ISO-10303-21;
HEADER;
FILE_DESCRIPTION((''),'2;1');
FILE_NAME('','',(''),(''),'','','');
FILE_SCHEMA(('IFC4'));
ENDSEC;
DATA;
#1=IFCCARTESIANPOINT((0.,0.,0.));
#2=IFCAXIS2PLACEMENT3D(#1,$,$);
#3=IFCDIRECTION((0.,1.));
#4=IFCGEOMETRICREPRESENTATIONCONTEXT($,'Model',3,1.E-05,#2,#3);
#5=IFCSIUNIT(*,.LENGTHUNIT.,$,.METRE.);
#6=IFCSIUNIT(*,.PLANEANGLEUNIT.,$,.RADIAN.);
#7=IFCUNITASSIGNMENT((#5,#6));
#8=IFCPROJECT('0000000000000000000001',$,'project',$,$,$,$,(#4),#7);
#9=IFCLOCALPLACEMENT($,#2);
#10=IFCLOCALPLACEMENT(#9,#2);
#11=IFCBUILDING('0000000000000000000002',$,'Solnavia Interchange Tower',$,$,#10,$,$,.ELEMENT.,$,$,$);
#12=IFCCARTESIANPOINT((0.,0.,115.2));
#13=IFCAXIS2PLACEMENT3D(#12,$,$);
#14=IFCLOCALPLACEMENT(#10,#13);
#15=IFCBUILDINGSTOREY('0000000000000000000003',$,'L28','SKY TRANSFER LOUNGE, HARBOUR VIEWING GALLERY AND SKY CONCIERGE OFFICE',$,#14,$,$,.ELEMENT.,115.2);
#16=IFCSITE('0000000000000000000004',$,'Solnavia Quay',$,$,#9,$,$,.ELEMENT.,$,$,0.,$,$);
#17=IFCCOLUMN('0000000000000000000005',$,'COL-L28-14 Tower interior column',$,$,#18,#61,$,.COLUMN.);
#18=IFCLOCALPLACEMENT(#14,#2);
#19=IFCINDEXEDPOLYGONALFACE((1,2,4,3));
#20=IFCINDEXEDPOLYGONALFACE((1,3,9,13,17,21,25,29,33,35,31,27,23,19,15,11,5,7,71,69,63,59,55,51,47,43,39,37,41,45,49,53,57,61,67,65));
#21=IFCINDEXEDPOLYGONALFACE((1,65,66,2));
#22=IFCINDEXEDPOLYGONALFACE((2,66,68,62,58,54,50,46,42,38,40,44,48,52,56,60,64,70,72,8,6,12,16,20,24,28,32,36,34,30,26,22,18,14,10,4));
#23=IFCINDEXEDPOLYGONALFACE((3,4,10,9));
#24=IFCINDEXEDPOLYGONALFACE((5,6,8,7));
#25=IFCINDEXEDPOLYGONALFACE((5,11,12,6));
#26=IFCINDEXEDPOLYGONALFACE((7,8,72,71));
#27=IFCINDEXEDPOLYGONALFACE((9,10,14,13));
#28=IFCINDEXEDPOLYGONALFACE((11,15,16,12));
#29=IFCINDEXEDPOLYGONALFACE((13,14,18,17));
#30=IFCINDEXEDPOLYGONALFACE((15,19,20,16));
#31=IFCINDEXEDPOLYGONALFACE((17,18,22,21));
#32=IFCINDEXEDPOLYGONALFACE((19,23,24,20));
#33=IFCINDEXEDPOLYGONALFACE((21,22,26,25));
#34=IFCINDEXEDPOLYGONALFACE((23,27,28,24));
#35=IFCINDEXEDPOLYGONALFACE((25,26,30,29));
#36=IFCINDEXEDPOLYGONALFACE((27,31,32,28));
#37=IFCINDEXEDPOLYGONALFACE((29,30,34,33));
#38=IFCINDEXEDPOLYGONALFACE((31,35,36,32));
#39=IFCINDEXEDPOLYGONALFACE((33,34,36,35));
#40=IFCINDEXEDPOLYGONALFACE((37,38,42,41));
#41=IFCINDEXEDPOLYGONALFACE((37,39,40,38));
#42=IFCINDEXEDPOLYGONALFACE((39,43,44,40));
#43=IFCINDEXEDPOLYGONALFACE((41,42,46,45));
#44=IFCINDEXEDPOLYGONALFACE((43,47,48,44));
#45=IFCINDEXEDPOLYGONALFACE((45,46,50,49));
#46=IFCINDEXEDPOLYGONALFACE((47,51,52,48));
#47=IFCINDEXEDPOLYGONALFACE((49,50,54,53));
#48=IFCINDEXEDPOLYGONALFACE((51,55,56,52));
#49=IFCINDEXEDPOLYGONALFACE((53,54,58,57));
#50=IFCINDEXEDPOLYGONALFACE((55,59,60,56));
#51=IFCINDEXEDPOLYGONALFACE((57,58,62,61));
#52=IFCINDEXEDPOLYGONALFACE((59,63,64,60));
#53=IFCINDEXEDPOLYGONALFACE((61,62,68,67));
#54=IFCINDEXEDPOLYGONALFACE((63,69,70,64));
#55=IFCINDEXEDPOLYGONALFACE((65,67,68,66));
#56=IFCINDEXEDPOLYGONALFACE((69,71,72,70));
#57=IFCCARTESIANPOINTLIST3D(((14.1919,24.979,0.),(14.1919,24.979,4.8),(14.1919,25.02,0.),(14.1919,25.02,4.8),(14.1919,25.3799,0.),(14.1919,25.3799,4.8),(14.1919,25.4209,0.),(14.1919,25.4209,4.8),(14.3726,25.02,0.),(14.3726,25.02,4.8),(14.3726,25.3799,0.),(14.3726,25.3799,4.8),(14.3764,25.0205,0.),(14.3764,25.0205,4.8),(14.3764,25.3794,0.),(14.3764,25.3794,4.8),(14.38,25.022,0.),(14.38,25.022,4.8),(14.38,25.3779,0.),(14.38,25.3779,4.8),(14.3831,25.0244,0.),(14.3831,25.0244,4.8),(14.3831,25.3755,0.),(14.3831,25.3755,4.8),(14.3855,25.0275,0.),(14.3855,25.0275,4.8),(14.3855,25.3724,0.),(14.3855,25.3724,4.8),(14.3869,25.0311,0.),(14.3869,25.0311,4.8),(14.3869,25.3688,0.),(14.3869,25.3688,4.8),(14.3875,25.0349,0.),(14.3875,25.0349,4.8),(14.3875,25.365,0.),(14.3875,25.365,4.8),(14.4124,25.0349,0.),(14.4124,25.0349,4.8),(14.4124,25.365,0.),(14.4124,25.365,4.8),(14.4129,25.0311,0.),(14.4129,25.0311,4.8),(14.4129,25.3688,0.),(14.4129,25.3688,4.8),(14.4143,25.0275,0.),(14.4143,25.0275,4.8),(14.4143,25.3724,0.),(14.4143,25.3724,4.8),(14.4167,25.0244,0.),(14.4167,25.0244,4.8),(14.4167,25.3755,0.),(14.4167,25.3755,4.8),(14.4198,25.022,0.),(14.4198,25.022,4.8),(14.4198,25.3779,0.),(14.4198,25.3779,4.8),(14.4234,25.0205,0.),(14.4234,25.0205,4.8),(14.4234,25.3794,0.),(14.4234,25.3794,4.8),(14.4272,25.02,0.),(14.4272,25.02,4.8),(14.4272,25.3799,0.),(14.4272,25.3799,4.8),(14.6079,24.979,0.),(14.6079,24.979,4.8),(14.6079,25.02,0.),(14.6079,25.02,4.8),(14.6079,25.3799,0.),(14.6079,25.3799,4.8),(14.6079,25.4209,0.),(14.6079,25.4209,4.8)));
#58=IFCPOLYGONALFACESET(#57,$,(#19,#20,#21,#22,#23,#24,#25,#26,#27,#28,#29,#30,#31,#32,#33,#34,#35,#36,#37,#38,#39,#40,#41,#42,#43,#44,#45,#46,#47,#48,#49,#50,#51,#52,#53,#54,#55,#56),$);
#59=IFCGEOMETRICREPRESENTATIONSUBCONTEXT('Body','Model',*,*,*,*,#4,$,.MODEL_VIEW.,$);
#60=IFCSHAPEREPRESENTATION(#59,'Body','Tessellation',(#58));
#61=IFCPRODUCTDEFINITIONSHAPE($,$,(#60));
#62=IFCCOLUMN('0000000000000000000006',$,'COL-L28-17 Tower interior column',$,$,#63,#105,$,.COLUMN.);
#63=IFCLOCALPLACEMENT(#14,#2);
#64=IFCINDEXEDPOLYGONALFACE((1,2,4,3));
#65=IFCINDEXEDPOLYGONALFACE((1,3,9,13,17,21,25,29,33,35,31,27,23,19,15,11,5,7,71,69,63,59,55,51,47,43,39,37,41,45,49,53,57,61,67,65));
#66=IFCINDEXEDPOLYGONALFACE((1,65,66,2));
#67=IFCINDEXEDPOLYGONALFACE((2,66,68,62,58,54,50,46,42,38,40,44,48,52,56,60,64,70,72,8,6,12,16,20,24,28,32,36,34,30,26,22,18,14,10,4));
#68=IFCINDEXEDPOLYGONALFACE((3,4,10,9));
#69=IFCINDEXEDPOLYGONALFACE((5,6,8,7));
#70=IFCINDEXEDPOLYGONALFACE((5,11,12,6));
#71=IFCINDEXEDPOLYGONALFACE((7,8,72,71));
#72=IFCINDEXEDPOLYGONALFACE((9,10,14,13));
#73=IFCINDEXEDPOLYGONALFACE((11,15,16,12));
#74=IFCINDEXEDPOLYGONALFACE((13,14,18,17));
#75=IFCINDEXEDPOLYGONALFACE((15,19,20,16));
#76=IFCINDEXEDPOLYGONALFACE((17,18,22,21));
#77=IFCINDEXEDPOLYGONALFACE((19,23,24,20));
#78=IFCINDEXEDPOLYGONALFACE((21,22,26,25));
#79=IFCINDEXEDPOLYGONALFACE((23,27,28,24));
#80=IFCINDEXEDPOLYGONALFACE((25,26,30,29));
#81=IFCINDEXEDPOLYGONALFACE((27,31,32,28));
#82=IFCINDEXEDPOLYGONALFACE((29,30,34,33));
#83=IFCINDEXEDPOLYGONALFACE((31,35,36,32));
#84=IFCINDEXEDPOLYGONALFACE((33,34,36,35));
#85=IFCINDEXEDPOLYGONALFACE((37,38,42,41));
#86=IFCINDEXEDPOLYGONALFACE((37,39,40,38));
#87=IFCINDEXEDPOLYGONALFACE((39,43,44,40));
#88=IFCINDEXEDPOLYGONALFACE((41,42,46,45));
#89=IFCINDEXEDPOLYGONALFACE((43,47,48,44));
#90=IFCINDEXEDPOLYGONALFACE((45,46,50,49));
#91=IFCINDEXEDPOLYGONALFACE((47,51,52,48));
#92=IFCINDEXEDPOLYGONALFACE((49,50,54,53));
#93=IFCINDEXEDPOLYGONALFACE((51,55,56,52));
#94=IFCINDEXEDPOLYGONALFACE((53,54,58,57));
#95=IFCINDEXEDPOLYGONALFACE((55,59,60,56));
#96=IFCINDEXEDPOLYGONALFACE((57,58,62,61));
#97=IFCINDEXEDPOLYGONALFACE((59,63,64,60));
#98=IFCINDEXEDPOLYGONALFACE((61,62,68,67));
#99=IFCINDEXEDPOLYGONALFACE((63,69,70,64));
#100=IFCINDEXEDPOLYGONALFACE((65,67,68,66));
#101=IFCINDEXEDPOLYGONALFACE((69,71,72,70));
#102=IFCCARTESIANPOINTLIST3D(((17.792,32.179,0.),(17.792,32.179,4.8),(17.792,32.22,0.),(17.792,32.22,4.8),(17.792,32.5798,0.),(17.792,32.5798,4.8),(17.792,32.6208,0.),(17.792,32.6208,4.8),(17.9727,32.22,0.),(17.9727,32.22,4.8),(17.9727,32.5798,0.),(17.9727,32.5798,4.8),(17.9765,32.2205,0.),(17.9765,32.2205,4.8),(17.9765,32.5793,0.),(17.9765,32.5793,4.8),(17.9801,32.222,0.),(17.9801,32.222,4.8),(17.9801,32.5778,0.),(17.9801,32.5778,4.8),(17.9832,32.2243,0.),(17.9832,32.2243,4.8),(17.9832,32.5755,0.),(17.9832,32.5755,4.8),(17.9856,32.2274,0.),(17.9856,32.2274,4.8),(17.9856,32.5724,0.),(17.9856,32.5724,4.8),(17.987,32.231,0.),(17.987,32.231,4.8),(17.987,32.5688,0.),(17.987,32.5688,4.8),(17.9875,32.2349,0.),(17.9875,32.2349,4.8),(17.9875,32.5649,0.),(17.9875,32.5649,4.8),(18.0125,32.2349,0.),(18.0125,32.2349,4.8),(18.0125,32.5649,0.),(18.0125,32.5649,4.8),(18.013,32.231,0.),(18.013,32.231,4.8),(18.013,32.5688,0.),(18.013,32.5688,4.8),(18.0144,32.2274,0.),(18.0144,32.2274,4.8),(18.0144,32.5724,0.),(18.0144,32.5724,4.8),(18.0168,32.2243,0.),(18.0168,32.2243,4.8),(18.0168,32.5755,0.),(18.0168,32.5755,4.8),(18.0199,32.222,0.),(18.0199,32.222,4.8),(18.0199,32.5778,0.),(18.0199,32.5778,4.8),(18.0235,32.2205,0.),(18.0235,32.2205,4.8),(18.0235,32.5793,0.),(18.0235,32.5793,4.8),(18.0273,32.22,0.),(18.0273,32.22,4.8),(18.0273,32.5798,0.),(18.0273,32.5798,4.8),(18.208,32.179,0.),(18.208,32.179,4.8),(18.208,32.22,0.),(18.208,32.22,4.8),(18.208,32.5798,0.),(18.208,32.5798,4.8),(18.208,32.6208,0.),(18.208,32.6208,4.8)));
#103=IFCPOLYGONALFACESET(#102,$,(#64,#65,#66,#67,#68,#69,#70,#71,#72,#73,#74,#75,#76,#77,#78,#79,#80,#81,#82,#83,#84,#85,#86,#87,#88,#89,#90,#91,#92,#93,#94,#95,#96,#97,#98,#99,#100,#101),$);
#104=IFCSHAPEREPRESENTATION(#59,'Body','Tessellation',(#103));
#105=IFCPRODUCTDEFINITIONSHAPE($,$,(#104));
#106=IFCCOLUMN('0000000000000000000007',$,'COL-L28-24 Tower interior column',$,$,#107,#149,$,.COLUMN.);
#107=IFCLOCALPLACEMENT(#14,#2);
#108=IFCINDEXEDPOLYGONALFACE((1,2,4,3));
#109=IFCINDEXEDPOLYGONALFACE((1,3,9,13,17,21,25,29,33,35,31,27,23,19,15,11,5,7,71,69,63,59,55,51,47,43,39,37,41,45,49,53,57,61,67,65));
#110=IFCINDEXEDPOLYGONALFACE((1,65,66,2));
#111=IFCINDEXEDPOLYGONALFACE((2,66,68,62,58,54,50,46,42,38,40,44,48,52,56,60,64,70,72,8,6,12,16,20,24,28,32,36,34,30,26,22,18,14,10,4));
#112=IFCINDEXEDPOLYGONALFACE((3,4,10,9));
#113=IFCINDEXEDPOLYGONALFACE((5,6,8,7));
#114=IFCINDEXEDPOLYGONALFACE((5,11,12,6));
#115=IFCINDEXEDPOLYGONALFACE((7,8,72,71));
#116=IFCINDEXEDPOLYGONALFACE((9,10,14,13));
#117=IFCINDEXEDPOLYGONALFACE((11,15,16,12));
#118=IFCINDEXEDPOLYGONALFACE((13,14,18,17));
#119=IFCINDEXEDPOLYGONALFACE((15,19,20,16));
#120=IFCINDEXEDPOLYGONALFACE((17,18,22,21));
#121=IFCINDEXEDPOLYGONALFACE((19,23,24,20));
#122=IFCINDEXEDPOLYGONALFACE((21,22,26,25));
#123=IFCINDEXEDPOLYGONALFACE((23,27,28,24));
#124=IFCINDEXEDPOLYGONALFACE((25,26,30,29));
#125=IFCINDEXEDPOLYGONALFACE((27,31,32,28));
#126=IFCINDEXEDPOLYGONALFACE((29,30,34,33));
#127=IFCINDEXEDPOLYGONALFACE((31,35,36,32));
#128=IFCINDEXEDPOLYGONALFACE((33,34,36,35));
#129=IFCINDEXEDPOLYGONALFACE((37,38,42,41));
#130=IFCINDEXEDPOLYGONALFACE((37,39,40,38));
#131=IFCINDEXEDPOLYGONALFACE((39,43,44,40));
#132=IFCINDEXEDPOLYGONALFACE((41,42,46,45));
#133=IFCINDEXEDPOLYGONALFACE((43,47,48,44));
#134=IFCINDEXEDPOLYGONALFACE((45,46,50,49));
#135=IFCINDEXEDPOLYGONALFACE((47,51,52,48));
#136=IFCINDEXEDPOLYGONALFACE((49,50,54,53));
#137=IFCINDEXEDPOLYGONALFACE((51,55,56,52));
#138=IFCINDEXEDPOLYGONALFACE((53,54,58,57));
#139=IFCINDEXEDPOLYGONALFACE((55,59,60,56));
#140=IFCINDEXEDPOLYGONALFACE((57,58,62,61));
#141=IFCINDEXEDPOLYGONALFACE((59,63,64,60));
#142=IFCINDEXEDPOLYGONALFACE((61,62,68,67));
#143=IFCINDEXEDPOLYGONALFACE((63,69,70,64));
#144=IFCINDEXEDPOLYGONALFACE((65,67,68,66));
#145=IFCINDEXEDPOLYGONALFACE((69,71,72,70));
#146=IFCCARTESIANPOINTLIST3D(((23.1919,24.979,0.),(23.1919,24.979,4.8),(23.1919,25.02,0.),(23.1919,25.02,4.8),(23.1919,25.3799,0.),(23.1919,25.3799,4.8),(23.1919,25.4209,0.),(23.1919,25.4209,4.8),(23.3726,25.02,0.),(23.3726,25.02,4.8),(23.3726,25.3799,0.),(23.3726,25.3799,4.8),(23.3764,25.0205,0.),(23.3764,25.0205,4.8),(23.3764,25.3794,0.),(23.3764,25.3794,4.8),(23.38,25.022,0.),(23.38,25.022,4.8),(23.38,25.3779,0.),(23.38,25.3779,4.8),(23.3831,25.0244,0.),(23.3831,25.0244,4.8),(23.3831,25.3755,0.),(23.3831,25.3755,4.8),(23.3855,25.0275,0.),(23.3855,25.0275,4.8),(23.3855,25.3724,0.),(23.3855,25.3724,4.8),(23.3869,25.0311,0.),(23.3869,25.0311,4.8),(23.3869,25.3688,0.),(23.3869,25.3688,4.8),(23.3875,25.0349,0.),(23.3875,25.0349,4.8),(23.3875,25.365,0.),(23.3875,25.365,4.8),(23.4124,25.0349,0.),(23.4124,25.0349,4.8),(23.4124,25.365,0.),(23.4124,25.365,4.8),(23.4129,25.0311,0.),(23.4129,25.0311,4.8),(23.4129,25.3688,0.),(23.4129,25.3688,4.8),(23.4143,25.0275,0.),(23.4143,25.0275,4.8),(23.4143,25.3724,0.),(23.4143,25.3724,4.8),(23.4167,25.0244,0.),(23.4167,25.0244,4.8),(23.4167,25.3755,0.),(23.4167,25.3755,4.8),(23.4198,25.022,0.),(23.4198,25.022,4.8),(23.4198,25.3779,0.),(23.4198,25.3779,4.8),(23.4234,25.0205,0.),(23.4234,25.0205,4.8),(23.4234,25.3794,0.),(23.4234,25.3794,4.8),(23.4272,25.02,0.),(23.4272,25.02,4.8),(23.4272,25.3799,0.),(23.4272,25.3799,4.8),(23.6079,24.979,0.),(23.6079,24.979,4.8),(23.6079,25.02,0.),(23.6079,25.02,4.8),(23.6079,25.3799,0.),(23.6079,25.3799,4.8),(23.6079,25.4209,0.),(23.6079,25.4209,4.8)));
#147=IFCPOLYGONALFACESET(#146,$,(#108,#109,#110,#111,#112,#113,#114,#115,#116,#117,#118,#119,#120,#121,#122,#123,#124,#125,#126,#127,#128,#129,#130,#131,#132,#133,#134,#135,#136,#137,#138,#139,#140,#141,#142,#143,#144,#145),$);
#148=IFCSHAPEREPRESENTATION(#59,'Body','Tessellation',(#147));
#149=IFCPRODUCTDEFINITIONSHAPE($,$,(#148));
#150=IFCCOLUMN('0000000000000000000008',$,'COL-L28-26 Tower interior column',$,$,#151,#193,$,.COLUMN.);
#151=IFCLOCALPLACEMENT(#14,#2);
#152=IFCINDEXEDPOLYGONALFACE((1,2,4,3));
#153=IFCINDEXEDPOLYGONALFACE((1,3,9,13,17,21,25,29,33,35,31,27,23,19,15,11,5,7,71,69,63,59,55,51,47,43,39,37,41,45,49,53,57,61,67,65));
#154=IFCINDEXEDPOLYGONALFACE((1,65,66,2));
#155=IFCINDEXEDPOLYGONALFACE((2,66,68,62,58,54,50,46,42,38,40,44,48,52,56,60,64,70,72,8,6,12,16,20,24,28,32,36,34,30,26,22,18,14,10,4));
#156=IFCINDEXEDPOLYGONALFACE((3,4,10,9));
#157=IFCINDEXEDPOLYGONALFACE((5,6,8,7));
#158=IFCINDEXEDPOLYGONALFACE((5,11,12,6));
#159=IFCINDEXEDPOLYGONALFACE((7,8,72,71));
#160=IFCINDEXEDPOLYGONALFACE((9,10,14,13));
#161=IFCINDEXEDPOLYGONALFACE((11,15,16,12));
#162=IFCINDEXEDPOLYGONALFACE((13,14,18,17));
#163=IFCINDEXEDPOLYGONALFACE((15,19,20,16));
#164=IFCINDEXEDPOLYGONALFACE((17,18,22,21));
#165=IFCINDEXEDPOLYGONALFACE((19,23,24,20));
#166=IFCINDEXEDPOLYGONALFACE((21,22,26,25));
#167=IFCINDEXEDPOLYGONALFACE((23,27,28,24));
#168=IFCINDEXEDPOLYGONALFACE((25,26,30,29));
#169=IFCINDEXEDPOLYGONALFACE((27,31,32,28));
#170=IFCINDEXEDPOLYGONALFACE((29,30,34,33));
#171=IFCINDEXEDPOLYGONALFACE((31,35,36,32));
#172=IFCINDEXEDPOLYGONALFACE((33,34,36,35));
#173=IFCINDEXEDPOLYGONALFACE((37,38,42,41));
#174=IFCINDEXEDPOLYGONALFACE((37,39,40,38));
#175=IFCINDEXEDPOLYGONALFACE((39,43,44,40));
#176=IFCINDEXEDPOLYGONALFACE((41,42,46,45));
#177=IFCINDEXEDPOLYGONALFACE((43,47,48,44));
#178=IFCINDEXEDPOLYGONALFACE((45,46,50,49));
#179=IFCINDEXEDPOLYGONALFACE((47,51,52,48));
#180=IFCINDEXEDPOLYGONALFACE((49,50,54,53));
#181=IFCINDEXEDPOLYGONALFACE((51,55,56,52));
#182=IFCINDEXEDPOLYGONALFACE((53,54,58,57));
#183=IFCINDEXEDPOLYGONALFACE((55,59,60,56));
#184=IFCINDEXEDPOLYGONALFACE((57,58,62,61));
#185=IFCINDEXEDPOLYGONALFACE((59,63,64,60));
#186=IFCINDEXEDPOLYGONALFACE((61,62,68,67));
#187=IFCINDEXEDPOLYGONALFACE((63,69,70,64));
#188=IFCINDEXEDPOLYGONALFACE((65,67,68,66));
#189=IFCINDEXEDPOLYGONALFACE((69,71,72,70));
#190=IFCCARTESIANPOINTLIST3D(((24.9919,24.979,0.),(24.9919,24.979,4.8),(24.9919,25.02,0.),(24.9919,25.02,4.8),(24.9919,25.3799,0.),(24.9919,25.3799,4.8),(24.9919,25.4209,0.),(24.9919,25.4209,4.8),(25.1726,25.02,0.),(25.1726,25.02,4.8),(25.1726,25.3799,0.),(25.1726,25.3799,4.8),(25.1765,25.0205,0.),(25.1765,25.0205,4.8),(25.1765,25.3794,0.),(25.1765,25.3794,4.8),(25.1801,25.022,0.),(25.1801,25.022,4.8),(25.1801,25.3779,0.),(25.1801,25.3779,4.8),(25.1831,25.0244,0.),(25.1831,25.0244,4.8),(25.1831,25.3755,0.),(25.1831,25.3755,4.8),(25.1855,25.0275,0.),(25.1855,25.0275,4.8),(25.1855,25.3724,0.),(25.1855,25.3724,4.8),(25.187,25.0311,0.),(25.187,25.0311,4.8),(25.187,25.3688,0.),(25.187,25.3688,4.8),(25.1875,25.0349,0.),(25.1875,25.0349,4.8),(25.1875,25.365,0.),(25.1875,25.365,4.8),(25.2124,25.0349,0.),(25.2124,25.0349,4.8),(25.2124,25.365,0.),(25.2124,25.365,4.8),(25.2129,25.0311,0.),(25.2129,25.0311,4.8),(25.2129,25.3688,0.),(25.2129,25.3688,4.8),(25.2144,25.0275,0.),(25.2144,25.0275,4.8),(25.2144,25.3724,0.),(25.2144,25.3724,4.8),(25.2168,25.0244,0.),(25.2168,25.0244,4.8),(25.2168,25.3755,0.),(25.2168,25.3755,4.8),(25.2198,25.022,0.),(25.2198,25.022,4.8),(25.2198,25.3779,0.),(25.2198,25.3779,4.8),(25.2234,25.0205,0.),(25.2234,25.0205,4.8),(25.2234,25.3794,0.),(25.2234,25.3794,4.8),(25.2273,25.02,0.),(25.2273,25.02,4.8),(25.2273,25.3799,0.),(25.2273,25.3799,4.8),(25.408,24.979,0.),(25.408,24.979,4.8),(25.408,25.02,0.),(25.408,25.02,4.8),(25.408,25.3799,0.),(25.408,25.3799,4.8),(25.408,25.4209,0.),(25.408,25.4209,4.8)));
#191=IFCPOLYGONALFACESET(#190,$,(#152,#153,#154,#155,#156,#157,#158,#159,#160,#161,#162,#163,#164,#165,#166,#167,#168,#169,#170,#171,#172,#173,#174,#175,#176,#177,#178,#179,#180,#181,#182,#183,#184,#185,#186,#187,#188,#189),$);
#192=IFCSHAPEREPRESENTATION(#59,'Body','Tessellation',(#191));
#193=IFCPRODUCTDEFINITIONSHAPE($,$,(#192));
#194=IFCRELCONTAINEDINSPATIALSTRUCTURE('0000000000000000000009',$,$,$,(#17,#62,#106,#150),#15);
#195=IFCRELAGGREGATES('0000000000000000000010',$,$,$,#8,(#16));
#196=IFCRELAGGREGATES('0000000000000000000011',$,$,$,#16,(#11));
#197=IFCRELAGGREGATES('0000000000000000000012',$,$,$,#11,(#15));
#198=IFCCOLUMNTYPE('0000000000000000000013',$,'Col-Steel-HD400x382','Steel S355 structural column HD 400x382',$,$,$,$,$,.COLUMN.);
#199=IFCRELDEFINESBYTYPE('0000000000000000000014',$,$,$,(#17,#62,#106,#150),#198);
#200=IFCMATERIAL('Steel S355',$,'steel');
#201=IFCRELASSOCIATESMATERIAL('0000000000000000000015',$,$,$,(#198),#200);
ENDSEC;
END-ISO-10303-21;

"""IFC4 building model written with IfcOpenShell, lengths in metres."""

from ifc_helpers import new_model, si_unit, direction, frame, origin, origin_2d, place, context, subcontext, project, spatial, i_section, extrude, material, material_profile, profile_set, type_object, element, save


model = new_model("IFC4")

# Units and contexts
model_context = context("Model", 3, precision=1e-05, world=origin(), true_north=direction((0.0, 1.0)))
body_context = subcontext(model_context, "Body", "Model", "MODEL_VIEW")
ifc_project = project(units=[si_unit("LENGTHUNIT", "METRE"), si_unit("PLANEANGLEUNIT", "RADIAN")], contexts=[model_context])

# Site, building, storey
site_placement = place(None, origin())
site = spatial("IfcSite", under=ifc_project, at=site_placement, Name="Solnavia Quay", CompositionType="ELEMENT", RefElevation=0.0)
building_placement = place(site_placement, origin())
building = spatial("IfcBuilding", under=site, at=building_placement, Name="Solnavia Interchange Tower", CompositionType="ELEMENT")
storey_placement = place(building_placement, frame((0.0, 0.0, 115.2)))
storey = spatial("IfcBuildingStorey", under=building, at=storey_placement, Name="L28", Description="SKY TRANSFER LOUNGE, HARBOUR VIEWING GALLERY AND SKY CONCIERGE OFFICE", CompositionType="ELEMENT", Elevation=115.2)

# Columns
ifc_material_1 = material(Name="Steel S355", Category="steel")
ifc_material_profile_1 = material_profile(ifc_material_1, i_section(OverallWidth=0.416, OverallDepth=0.4419, WebThickness=0.0249, FlangeThickness=0.041, FilletRadius=0.0149, at=origin_2d()), Name="HD 400x382")
ifc_profile_set_1 = profile_set([ifc_material_profile_1], Name="Steel S355")
column_type = type_object("IfcColumnType", Name="Col-Steel-HD400x382", Description="Steel S355 structural column HD 400x382", PredefinedType="COLUMN", material=ifc_profile_set_1)
for number, where, z_axis, x_axis, name in (
    (1, (14.3999, 25.2, 0.0), (0.0, 0.0, 1.0), (1.0, 0.0, 0.0), "COL-L28-14 Tower interior column"),
    (2, (18.0, 32.3999, 0.0), (0.0, 0.0, 1.0), (1.0, 0.0, 0.0), "COL-L28-17 Tower interior column"),
    (3, (23.3999, 25.2, 0.0), (0.0, 0.0, 1.0), (1.0, 0.0, 0.0), "COL-L28-24 Tower interior column"),
    (4, (25.2, 25.2, 0.0), (0.0, 0.0, 1.0), (1.0, 0.0, 0.0), "COL-L28-26 Tower interior column"),
):
    element("IfcColumn", number, at=place(storey_placement, frame(where, z_axis=z_axis, x_axis=x_axis)), inside=storey, type_object=column_type, Name=name, PredefinedType="COLUMN", context=body_context, shape_type="SweptSolid", body=[
        extrude(i_section(OverallWidth=0.416, OverallDepth=0.4419, WebThickness=0.0249, FlangeThickness=0.041, FilletRadius=0.0149, at=origin_2d()), origin(), (0.0, 0.0, 1.0), 4.8),
    ])

save(model, "model.ifc")
